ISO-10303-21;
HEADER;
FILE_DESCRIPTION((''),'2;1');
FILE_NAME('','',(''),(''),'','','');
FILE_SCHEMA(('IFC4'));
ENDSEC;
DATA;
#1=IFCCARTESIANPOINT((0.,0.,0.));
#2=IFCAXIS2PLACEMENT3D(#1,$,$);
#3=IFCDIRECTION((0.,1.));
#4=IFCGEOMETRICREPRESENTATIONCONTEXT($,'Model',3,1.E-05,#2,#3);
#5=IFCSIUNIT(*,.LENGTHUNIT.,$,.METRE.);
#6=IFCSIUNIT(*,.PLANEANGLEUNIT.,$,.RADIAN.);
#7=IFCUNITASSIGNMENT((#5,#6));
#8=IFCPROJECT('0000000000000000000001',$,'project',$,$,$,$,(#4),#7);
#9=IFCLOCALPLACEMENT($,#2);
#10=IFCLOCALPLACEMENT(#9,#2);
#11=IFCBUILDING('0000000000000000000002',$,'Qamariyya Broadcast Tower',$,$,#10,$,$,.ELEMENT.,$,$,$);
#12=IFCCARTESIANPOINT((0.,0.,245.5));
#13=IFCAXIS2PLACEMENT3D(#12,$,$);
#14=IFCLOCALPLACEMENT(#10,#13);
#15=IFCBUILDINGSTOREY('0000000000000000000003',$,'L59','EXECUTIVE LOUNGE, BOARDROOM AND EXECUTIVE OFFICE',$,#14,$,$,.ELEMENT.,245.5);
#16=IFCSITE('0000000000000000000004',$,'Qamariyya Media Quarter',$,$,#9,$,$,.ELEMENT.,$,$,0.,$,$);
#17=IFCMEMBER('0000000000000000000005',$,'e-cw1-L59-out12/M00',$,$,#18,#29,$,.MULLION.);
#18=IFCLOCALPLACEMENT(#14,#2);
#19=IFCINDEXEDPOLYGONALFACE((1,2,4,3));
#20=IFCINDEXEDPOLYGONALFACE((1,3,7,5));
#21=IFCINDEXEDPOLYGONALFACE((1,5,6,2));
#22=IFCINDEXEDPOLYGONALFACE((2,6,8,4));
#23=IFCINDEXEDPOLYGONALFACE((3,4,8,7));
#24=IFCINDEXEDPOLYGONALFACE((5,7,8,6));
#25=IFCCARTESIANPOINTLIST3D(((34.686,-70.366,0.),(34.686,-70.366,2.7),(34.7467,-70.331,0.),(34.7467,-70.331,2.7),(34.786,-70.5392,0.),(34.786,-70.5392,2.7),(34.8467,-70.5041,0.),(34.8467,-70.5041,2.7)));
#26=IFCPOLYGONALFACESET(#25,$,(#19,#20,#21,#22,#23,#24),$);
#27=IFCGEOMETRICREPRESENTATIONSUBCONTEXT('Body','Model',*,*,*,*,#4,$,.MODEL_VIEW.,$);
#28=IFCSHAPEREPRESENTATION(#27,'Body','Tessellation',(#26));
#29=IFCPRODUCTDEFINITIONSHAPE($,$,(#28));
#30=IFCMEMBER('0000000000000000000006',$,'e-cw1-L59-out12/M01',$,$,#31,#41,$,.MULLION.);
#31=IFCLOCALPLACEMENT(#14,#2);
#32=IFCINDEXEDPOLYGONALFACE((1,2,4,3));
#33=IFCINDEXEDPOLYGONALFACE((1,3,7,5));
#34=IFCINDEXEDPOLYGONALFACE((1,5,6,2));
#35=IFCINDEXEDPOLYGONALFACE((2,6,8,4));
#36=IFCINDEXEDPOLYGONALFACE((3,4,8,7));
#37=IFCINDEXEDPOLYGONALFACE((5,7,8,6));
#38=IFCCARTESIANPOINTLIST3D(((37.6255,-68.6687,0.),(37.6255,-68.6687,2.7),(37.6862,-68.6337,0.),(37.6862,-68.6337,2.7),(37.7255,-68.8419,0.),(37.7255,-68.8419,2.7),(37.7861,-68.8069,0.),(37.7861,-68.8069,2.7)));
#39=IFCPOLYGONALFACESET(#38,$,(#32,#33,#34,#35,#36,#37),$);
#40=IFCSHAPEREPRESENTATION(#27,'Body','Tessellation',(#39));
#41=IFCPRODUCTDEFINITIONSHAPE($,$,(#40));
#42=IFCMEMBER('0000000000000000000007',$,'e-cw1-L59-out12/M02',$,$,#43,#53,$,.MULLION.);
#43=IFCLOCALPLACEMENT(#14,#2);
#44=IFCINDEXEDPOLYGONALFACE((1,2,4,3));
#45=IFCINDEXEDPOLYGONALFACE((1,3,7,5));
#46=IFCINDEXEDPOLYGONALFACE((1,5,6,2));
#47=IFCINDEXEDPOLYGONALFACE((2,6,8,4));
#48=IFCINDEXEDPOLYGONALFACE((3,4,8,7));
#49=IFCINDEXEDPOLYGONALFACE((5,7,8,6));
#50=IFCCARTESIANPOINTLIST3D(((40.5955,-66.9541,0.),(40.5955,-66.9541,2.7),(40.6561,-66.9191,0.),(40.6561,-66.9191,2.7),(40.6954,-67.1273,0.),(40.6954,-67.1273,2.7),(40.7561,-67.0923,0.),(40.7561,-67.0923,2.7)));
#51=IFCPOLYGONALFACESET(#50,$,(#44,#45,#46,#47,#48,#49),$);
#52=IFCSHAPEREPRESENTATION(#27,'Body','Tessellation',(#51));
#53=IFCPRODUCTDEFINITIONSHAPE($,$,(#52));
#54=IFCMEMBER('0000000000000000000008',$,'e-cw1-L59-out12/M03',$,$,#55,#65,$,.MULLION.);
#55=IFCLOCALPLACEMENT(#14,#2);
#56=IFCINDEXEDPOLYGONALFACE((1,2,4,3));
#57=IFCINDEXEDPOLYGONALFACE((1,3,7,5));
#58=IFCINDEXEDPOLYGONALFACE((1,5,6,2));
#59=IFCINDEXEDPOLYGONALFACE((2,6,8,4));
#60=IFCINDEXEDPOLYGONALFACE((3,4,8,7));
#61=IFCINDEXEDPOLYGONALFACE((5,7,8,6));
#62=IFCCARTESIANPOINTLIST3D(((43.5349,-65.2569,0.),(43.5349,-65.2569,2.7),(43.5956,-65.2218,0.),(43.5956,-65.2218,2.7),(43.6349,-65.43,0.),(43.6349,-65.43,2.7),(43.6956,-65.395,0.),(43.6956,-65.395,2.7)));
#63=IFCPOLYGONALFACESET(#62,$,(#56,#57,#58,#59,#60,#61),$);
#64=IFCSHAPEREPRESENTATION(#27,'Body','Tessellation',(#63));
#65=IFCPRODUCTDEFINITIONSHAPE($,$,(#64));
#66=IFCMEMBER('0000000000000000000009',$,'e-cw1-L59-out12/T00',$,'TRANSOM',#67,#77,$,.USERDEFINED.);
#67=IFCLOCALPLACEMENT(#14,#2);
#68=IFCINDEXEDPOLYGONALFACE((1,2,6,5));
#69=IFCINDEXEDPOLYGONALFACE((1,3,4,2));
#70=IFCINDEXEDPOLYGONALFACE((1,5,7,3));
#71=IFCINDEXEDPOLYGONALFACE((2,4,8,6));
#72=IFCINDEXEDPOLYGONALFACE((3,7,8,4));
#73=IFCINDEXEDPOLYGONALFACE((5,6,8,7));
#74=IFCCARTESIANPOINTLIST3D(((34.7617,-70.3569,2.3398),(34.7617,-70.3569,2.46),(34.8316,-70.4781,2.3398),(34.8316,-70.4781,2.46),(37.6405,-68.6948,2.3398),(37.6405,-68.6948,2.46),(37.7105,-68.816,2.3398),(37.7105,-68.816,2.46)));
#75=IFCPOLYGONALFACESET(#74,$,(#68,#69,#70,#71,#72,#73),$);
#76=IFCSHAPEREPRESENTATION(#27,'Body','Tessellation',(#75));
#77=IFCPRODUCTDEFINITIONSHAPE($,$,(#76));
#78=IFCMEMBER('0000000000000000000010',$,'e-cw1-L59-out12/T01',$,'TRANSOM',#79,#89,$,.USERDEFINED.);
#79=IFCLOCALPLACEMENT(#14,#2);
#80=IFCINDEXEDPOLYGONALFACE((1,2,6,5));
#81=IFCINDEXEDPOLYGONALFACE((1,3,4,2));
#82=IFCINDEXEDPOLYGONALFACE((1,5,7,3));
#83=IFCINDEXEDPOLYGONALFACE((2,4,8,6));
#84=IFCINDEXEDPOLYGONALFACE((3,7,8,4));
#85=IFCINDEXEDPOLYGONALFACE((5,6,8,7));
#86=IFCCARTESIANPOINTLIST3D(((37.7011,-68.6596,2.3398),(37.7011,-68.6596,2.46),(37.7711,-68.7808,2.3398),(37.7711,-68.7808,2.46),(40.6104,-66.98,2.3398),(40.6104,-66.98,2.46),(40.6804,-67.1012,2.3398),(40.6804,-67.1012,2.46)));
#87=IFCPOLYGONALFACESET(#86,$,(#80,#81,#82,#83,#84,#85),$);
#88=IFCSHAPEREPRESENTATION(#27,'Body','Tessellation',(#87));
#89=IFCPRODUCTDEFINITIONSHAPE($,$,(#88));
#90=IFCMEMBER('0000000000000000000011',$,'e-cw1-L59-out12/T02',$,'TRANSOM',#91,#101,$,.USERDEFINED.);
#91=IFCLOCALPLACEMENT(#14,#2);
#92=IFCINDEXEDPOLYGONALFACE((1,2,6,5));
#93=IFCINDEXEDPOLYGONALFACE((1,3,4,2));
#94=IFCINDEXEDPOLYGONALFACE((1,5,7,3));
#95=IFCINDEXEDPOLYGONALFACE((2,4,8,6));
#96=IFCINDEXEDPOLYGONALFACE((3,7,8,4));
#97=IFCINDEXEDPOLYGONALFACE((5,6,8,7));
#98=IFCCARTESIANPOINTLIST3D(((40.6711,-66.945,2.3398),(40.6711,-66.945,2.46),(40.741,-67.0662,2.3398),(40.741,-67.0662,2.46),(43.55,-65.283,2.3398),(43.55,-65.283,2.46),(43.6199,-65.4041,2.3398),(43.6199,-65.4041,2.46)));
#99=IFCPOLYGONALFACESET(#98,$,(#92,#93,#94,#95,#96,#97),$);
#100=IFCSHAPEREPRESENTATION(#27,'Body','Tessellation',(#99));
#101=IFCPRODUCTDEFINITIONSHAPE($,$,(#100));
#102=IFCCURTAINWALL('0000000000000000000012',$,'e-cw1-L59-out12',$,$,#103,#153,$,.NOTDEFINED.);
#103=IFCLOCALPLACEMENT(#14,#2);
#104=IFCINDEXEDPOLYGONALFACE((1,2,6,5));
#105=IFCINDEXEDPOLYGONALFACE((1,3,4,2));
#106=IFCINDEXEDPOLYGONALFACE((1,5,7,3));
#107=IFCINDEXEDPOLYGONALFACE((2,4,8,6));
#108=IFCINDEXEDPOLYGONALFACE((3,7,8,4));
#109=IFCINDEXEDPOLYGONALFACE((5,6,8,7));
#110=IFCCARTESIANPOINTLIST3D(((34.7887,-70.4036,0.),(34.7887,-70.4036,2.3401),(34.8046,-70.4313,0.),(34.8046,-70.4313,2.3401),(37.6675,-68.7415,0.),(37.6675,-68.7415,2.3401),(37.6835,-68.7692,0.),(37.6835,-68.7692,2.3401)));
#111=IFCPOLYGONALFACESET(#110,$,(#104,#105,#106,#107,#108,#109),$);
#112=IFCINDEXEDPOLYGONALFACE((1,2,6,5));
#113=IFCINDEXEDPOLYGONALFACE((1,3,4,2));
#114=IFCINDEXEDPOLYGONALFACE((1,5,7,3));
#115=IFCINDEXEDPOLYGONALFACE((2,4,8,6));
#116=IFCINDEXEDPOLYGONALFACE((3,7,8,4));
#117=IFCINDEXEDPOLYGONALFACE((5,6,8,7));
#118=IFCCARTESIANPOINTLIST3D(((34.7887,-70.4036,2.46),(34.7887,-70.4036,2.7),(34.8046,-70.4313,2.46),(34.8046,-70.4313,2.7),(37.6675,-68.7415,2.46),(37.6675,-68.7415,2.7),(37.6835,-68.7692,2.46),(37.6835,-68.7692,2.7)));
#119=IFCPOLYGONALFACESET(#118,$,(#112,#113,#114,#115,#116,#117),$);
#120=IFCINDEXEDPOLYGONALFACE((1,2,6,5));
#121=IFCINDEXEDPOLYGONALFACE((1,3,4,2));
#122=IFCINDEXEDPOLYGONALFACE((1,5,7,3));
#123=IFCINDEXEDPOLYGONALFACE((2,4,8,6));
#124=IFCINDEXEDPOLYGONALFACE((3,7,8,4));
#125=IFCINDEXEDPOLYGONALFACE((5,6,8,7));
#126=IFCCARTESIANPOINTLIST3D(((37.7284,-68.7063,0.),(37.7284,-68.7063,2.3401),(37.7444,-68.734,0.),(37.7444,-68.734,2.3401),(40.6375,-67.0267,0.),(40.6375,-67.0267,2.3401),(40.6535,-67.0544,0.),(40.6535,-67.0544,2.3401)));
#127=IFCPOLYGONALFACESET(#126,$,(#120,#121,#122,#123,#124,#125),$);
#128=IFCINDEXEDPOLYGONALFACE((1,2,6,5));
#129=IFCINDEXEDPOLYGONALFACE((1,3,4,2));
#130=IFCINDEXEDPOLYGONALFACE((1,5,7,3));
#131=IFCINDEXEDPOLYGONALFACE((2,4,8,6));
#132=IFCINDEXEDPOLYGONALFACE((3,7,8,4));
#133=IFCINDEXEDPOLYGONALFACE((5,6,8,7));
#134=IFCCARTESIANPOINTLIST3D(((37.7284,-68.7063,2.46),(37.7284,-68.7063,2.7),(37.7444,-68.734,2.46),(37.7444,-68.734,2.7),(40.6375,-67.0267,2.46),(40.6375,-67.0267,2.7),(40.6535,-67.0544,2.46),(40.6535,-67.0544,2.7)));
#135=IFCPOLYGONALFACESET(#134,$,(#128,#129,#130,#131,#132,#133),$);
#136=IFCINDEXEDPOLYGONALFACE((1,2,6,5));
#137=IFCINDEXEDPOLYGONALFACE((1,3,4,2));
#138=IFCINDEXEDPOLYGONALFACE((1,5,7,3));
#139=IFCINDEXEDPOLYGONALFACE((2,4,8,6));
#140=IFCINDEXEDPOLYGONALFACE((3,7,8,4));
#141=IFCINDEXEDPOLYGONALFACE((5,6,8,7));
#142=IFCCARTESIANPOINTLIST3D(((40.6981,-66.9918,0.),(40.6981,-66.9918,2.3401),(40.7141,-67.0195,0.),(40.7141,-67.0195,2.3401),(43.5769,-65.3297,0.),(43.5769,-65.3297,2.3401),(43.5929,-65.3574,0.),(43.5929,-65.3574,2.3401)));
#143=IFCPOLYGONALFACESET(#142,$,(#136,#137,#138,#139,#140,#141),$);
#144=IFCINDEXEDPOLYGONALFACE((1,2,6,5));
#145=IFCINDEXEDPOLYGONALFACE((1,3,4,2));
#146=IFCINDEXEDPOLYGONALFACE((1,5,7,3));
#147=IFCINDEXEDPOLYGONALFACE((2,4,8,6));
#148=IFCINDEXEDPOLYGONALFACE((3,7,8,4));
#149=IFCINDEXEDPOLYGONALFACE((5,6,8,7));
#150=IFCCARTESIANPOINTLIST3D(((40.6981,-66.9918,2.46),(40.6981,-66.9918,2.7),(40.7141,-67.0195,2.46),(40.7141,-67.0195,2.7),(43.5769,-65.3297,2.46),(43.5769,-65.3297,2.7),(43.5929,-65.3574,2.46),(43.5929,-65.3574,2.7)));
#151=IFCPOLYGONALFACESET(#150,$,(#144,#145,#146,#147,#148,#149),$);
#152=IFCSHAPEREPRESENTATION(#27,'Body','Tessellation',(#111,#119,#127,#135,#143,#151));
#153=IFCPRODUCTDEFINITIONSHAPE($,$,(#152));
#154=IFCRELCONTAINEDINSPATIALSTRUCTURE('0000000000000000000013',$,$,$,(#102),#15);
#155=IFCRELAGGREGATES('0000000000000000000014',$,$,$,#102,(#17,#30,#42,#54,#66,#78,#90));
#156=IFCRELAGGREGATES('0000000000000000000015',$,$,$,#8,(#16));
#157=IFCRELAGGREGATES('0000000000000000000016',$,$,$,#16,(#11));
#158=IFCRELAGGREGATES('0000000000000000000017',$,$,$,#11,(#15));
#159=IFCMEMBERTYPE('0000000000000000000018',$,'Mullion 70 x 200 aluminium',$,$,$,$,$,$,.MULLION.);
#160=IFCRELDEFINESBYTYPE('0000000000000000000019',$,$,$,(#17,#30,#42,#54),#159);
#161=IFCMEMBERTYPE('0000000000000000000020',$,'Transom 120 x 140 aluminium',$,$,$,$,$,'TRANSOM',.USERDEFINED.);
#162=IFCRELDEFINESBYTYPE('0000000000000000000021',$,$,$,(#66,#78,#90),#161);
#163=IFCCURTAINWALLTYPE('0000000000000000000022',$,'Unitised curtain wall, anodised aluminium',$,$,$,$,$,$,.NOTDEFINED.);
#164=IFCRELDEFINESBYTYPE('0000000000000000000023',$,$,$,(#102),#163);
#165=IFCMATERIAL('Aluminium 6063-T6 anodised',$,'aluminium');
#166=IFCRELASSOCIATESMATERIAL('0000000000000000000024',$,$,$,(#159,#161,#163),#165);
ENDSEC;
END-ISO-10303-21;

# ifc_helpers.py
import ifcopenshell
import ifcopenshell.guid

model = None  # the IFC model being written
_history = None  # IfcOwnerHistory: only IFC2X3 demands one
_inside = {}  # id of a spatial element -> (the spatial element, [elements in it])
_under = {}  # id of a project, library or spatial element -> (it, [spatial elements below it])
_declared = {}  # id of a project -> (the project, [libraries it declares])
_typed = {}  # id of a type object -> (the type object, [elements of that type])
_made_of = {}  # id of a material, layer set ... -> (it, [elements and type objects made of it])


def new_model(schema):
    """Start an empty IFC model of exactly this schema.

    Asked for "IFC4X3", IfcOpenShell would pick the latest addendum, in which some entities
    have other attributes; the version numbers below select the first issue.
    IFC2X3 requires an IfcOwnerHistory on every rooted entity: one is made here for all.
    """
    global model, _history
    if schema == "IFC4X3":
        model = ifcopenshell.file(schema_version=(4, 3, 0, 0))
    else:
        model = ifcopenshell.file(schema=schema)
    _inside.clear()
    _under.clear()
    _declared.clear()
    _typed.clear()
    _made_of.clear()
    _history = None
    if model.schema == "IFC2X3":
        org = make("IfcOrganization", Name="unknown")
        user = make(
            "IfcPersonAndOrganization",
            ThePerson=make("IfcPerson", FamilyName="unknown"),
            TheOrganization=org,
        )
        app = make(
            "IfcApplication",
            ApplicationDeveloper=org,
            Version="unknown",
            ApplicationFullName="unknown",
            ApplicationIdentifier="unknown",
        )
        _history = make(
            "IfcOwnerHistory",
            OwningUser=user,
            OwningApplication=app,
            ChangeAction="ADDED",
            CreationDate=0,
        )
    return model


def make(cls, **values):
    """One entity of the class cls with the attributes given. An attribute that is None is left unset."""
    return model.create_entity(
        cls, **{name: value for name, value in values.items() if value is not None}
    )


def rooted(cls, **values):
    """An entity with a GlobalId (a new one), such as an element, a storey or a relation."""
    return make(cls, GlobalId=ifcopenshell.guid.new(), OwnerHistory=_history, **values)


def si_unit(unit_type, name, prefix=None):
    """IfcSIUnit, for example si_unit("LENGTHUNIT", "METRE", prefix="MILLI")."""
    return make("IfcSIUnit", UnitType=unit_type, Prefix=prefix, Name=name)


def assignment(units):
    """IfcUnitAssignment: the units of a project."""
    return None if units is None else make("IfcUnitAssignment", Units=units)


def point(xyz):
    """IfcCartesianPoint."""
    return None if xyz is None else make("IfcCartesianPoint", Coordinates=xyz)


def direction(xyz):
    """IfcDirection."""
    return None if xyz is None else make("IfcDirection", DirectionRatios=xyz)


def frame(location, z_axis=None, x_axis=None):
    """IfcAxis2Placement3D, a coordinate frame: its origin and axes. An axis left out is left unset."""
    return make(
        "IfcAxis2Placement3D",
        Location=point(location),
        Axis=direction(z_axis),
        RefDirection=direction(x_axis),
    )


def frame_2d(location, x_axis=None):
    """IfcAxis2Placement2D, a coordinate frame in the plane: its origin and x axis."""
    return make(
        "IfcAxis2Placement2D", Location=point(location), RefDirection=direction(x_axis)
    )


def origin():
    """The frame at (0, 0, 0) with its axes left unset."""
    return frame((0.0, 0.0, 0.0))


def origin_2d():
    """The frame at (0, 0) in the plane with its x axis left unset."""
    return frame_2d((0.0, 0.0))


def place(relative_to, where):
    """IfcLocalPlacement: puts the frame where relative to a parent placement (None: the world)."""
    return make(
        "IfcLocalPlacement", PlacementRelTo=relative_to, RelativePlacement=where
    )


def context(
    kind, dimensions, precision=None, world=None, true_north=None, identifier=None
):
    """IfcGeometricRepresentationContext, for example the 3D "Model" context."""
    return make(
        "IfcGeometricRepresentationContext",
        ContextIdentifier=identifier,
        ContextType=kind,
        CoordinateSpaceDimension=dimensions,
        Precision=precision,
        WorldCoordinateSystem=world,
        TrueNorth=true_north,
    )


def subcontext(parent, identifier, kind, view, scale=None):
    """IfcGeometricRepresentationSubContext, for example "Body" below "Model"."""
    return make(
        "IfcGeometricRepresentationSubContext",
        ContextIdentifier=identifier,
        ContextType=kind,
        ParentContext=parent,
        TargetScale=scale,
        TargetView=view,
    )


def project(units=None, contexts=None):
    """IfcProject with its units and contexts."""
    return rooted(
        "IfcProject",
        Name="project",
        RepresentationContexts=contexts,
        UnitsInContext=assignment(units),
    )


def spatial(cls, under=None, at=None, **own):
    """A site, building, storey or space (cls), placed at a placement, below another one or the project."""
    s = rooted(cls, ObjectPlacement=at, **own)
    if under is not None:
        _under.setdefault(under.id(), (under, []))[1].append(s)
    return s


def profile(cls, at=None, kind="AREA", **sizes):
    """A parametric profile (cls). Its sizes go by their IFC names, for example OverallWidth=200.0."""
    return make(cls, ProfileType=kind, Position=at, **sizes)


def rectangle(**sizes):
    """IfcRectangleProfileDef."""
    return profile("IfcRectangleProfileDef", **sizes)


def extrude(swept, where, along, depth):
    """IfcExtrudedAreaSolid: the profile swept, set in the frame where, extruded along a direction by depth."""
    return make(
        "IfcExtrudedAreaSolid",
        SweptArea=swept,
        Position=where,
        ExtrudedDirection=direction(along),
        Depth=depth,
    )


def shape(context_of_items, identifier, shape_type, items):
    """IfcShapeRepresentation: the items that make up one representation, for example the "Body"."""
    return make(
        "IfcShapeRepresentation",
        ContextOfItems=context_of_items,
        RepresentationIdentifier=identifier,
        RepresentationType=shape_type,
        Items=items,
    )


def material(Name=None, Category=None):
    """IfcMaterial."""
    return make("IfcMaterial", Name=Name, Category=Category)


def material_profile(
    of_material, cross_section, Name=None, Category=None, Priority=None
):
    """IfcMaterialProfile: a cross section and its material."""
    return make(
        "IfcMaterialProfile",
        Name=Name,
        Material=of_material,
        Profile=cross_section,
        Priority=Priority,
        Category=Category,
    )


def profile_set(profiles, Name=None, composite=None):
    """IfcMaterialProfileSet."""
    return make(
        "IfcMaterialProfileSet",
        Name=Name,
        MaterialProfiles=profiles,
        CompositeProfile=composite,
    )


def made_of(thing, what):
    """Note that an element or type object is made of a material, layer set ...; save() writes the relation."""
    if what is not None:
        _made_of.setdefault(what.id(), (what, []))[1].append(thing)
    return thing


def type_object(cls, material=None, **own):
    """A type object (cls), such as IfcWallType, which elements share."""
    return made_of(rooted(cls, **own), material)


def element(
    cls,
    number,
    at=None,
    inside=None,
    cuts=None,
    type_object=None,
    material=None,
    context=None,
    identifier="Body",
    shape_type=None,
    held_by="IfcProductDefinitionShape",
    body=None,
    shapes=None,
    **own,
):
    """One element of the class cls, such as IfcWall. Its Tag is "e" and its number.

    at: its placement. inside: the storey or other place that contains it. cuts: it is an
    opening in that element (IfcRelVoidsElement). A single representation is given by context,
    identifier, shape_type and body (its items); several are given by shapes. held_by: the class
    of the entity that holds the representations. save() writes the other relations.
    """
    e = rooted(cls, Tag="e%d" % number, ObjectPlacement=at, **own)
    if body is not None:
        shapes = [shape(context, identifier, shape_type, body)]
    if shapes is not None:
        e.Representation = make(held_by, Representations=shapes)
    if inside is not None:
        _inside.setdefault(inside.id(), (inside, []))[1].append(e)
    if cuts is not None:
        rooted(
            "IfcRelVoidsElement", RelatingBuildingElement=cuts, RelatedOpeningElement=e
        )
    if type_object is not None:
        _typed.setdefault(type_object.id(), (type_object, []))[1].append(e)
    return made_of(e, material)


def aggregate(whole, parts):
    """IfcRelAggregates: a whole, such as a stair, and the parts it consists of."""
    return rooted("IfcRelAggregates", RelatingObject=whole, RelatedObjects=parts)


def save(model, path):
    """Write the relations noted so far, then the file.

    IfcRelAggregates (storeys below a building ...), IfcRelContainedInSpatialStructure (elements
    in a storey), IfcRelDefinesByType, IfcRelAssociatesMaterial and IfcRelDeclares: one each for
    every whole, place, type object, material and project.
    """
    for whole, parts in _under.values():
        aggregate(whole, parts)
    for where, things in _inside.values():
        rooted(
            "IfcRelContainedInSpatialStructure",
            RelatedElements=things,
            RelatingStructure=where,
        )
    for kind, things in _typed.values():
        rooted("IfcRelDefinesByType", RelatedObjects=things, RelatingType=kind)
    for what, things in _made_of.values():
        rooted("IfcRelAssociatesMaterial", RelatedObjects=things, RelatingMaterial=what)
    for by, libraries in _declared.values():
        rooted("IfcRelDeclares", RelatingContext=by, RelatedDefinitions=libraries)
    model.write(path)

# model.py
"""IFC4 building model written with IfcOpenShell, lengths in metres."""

from ifc_helpers import new_model, si_unit, direction, frame, origin, origin_2d, place, context, subcontext, project, spatial, rectangle, extrude, material, material_profile, profile_set, type_object, element, aggregate, save


model = new_model("IFC4")

# Units and contexts
model_context = context("Model", 3, precision=1e-05, world=origin(), true_north=direction((0.0, 1.0)))
body_context = subcontext(model_context, "Body", "Model", "MODEL_VIEW")
ifc_project = project(units=[si_unit("LENGTHUNIT", "METRE"), si_unit("PLANEANGLEUNIT", "RADIAN")], contexts=[model_context])

# Members
ifc_material = material(Name="Aluminium 6063-T6 anodised", Category="aluminium")
ifc_material_profile_1 = material_profile(ifc_material, rectangle(XDim=0.2, YDim=0.0701, at=origin_2d()))
ifc_profile_set_1 = profile_set([ifc_material_profile_1], Name="Aluminium 6063-T6 anodised")
member_type_1 = type_object("IfcMemberType", Name="Mullion 70 x 200 aluminium", PredefinedType="MULLION", material=ifc_profile_set_1)
site_placement = place(None, origin())
building_placement = place(site_placement, origin())
storey_placement = place(building_placement, frame((0.0, 0.0, 245.5)))
member_1_placement = place(storey_placement, frame((34.7664, -70.4351, 0.0), z_axis=(0.0, 0.0, 1.0), x_axis=(-0.5, 0.866025, 0.0)))
member_1 = element("IfcMember", 1, at=member_1_placement, type_object=member_type_1, Name="e-cw1-L59-out12/M00", PredefinedType="MULLION", context=body_context, shape_type="SweptSolid", body=[
    extrude(rectangle(XDim=0.2, YDim=0.0701, at=origin_2d()), origin(), (0.0, 0.0, 1.0), 2.7),
])
member_2_placement = place(storey_placement, frame((37.7058, -68.7378, 0.0), z_axis=(0.0, 0.0, 1.0), x_axis=(-0.5, 0.866025, 0.0)))
member_2 = element("IfcMember", 2, at=member_2_placement, type_object=member_type_1, Name="e-cw1-L59-out12/M01", PredefinedType="MULLION", context=body_context, shape_type="SweptSolid", body=[
    extrude(rectangle(XDim=0.2, YDim=0.0701, at=origin_2d()), origin(), (0.0, 0.0, 1.0), 2.7),
])
member_3_placement = place(storey_placement, frame((40.6758, -67.0232, 0.0), z_axis=(0.0, 0.0, 1.0), x_axis=(-0.5, 0.866025, 0.0)))
member_3 = element("IfcMember", 3, at=member_3_placement, type_object=member_type_1, Name="e-cw1-L59-out12/M02", PredefinedType="MULLION", context=body_context, shape_type="SweptSolid", body=[
    extrude(rectangle(XDim=0.2, YDim=0.0701, at=origin_2d()), origin(), (0.0, 0.0, 1.0), 2.7),
])
member_4_placement = place(storey_placement, frame((43.6152, -65.3259, 0.0), z_axis=(0.0, 0.0, 1.0), x_axis=(-0.5, 0.866025, 0.0)))
member_4 = element("IfcMember", 4, at=member_4_placement, type_object=member_type_1, Name="e-cw1-L59-out12/M03", PredefinedType="MULLION", context=body_context, shape_type="SweptSolid", body=[
    extrude(rectangle(XDim=0.2, YDim=0.0701, at=origin_2d()), origin(), (0.0, 0.0, 1.0), 2.7),
])
ifc_material_profile_2 = material_profile(ifc_material, rectangle(XDim=0.1399, YDim=0.1201, at=origin_2d()))
ifc_profile_set_2 = profile_set([ifc_material_profile_2], Name="Aluminium 6063-T6 anodised")
member_type_2 = type_object("IfcMemberType", Name="Transom 120 x 140 aluminium", ElementType="TRANSOM", PredefinedType="USERDEFINED", material=ifc_profile_set_2)
member_5_placement = place(storey_placement, frame((34.7966, -70.4175, 2.3999), z_axis=(0.866029, 0.499994, 0.0), x_axis=(-0.499994, 0.866029, 0.0)))
member_5 = element("IfcMember", 5, at=member_5_placement, type_object=member_type_2, Name="e-cw1-L59-out12/T00", ObjectType="TRANSOM", PredefinedType="USERDEFINED", context=body_context, shape_type="SweptSolid", body=[
    extrude(rectangle(XDim=0.1399, YDim=0.1201, at=origin_2d()), origin(), (0.0, 0.0, 1.0), 3.3242),
])
member_6_placement = place(storey_placement, frame((37.7361, -68.7202, 2.3999), z_axis=(0.866034, 0.499985, 0.0), x_axis=(-0.499985, 0.866034, 0.0)))
member_6 = element("IfcMember", 6, at=member_6_placement, type_object=member_type_2, Name="e-cw1-L59-out12/T01", ObjectType="TRANSOM", PredefinedType="USERDEFINED", context=body_context, shape_type="SweptSolid", body=[
    extrude(rectangle(XDim=0.1399, YDim=0.1201, at=origin_2d()), origin(), (0.0, 0.0, 1.0), 3.3594),
])
member_7_placement = place(storey_placement, frame((40.7061, -67.0056, 2.3999), z_axis=(0.866029, 0.499994, 0.0), x_axis=(-0.499994, 0.866029, 0.0)))
member_7 = element("IfcMember", 7, at=member_7_placement, type_object=member_type_2, Name="e-cw1-L59-out12/T02", ObjectType="TRANSOM", PredefinedType="USERDEFINED", context=body_context, shape_type="SweptSolid", body=[
    extrude(rectangle(XDim=0.1399, YDim=0.1201, at=origin_2d()), origin(), (0.0, 0.0, 1.0), 3.3242),
])

# Site, building, storey
site = spatial("IfcSite", under=ifc_project, at=site_placement, Name="Qamariyya Media Quarter", CompositionType="ELEMENT", RefElevation=0.0)
building = spatial("IfcBuilding", under=site, at=building_placement, Name="Qamariyya Broadcast Tower", CompositionType="ELEMENT")
storey = spatial("IfcBuildingStorey", under=building, at=storey_placement, Name="L59", Description="EXECUTIVE LOUNGE, BOARDROOM AND EXECUTIVE OFFICE", CompositionType="ELEMENT", Elevation=245.5)

# Curtain wall
curtain_wall_type = type_object("IfcCurtainWallType", Name="Unitised curtain wall, anodised aluminium", PredefinedType="NOTDEFINED", material=ifc_material)
curtain_wall_1_placement = place(storey_placement, origin())
curtain_wall_1 = element("IfcCurtainWall", 8, at=curtain_wall_1_placement, inside=storey, type_object=curtain_wall_type, Name="e-cw1-L59-out12", PredefinedType="NOTDEFINED", context=body_context, shape_type="SweptSolid", body=[
    extrude(rectangle(XDim=3.3242, YDim=0.032, at=origin_2d()), frame((36.2361, -69.5864, 0.0), x_axis=(0.866028, 0.499996, 0.0)), (0.0, 0.0, 1.0), 2.3401),
    extrude(rectangle(XDim=3.3242, YDim=0.032, at=origin_2d()), frame((36.2361, -69.5864, 2.46), x_axis=(0.866028, 0.499996, 0.0)), (0.0, 0.0, 1.0), 0.24),
    extrude(rectangle(XDim=3.3591, YDim=0.032, at=origin_2d()), frame((39.1909, -67.8804, 0.0), x_axis=(0.866028, 0.499996, 0.0)), (0.0, 0.0, 1.0), 2.3401),
    extrude(rectangle(XDim=3.3591, YDim=0.032, at=origin_2d()), frame((39.1909, -67.8804, 2.46), x_axis=(0.866028, 0.499996, 0.0)), (0.0, 0.0, 1.0), 0.24),
    extrude(rectangle(XDim=3.3242, YDim=0.032, at=origin_2d()), frame((42.1455, -66.1746, 0.0), x_axis=(0.866028, 0.499996, 0.0)), (0.0, 0.0, 1.0), 2.3401),
    extrude(rectangle(XDim=3.3242, YDim=0.032, at=origin_2d()), frame((42.1455, -66.1746, 2.46), x_axis=(0.866028, 0.499996, 0.0)), (0.0, 0.0, 1.0), 0.24),
])
aggregate(curtain_wall_1, [member_1, member_2, member_3, member_4, member_5, member_6, member_7])

save(model, "model.ifc")
